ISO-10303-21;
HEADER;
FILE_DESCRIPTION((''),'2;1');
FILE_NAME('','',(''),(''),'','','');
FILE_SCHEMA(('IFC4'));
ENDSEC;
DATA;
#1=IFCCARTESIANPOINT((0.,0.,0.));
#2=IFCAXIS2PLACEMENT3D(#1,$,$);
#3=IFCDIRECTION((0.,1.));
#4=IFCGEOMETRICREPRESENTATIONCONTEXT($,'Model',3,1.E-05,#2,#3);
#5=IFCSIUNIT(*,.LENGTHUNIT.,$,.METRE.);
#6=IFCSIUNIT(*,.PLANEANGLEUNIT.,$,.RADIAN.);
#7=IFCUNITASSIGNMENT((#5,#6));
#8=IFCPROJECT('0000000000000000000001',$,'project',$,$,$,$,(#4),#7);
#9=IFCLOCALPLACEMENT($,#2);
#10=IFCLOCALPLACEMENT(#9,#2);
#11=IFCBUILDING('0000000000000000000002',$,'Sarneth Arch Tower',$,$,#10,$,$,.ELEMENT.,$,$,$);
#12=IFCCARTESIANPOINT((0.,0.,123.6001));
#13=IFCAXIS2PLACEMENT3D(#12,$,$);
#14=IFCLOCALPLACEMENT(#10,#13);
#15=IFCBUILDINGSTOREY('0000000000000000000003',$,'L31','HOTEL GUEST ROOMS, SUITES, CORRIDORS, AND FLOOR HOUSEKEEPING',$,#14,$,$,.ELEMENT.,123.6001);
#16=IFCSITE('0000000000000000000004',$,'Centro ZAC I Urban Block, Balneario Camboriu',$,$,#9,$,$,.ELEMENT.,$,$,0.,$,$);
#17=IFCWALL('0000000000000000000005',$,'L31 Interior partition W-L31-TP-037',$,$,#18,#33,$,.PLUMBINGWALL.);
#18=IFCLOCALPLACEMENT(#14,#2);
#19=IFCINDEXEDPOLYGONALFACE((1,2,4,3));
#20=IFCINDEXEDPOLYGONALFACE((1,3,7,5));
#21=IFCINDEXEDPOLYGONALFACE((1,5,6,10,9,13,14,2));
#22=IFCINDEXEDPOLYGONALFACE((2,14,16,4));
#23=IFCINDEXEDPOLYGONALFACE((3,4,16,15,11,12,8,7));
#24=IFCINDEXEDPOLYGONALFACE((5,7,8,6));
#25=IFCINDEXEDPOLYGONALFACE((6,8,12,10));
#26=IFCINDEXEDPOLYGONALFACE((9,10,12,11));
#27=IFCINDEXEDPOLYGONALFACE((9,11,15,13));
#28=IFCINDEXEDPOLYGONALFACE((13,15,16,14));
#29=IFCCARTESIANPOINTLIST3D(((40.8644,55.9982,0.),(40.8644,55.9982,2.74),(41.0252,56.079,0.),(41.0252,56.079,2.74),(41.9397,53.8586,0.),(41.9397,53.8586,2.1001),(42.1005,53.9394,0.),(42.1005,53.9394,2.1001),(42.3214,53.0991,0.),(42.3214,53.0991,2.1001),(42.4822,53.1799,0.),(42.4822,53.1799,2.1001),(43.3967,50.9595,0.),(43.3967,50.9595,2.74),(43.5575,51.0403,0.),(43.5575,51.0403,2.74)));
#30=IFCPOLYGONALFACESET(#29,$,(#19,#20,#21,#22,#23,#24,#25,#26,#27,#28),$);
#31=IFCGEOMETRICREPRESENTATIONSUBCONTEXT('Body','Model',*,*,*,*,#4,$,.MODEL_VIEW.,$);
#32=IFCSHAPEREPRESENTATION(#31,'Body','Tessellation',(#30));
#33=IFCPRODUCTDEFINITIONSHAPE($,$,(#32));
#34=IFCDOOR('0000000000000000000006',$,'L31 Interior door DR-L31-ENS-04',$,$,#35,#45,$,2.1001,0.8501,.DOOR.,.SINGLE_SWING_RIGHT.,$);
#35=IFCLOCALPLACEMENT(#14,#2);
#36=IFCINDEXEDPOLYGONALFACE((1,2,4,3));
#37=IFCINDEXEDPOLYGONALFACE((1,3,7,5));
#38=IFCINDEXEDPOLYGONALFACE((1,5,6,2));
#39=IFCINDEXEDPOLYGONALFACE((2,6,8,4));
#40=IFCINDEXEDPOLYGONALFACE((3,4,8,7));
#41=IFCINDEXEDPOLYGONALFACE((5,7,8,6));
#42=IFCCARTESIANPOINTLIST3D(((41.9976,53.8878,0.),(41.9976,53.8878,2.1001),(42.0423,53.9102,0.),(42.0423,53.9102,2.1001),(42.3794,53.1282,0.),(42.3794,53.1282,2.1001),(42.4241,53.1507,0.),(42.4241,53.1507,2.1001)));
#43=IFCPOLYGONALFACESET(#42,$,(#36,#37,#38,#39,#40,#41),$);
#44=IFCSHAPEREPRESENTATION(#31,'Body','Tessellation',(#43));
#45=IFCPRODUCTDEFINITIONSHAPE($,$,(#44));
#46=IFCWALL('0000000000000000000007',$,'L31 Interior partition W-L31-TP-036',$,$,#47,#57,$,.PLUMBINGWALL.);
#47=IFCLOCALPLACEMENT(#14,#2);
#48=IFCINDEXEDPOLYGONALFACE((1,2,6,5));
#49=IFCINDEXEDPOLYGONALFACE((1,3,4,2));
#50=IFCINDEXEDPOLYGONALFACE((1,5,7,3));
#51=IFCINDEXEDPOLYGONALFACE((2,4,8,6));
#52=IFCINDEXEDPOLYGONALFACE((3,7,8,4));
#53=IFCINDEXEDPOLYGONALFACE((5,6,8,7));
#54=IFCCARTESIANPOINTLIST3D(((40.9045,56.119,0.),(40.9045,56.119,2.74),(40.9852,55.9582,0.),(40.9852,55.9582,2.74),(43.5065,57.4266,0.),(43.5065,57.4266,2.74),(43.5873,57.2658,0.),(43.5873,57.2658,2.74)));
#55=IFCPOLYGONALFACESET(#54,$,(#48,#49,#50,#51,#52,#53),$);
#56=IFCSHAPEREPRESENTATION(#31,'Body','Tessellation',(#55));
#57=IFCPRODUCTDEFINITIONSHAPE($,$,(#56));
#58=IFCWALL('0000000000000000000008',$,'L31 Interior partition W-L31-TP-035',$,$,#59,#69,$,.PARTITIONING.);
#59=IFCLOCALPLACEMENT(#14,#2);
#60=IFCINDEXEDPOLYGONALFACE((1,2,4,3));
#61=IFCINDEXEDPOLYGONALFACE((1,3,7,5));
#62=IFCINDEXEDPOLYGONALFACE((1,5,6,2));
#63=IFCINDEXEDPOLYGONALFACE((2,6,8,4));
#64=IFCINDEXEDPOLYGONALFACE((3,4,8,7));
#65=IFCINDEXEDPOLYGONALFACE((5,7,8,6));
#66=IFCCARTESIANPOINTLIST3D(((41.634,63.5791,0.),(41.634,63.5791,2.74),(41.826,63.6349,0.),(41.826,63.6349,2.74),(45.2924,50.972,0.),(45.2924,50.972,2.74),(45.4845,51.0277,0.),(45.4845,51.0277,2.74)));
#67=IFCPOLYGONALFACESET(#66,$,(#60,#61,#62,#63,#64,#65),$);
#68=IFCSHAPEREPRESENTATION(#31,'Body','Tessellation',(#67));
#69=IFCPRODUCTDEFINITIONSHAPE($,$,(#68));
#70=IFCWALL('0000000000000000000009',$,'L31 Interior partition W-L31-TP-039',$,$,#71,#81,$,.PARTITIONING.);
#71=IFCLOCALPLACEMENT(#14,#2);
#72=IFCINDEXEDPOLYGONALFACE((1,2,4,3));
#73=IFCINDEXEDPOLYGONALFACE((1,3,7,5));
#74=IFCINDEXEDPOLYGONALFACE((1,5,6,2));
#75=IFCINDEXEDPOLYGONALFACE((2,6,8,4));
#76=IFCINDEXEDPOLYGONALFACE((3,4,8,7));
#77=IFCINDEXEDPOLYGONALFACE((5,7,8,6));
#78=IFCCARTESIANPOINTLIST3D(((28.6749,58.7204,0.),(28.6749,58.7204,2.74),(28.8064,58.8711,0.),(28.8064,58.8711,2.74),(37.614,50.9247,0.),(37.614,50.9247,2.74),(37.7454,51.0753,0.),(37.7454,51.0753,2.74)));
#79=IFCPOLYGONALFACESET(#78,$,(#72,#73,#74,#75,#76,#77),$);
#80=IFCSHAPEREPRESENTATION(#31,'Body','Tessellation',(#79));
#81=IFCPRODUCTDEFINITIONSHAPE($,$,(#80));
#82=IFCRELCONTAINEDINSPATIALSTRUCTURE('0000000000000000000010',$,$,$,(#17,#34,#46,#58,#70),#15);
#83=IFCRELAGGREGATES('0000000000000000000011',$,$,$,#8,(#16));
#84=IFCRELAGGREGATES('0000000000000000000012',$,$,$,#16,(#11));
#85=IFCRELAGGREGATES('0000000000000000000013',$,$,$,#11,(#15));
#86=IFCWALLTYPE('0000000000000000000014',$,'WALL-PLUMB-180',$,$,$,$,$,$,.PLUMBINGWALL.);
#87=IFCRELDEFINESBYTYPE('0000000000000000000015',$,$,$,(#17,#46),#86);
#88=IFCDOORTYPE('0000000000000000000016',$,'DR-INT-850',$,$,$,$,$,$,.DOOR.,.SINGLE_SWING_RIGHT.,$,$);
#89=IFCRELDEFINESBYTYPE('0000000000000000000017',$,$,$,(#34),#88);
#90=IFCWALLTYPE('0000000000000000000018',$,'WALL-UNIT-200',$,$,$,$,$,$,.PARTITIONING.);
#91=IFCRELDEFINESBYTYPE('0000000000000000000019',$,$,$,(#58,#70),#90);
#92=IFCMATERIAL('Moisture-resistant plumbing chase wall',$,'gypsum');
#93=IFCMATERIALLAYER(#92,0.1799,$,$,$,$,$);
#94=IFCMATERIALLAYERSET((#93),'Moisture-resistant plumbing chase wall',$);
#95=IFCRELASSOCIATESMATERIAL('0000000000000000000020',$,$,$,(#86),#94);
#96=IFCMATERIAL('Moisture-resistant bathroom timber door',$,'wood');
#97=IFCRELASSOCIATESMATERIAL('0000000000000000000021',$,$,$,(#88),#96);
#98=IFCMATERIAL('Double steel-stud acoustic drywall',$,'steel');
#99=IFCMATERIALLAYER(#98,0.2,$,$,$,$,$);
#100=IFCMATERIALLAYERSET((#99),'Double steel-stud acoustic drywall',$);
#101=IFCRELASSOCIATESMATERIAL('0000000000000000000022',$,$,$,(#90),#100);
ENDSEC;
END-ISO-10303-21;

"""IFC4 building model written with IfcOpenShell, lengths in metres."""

from ifc_helpers import new_model, si_unit, direction, frame, frame_2d, origin, place, context, subcontext, project, spatial, rectangle, extrude, material, layer, layer_set, type_object, element, fill, save


model = new_model("IFC4")

# Units and contexts
model_context = context("Model", 3, precision=1e-05, world=origin(), true_north=direction((0.0, 1.0)))
body_context = subcontext(model_context, "Body", "Model", "MODEL_VIEW")
ifc_project = project(units=[si_unit("LENGTHUNIT", "METRE"), si_unit("PLANEANGLEUNIT", "RADIAN")], contexts=[model_context])

# Site, building, storey
site_placement = place(None, origin())
site = spatial("IfcSite", under=ifc_project, at=site_placement, Name="Centro ZAC I Urban Block, Balneario Camboriu", CompositionType="ELEMENT", RefElevation=0.0)
building_placement = place(site_placement, origin())
building = spatial("IfcBuilding", under=site, at=building_placement, Name="Sarneth Arch Tower", CompositionType="ELEMENT")
storey_placement = place(building_placement, frame((0.0, 0.0, 123.6001)))
storey = spatial("IfcBuildingStorey", under=building, at=storey_placement, Name="L31", Description="HOTEL GUEST ROOMS, SUITES, CORRIDORS, AND FLOOR HOUSEKEEPING", CompositionType="ELEMENT", Elevation=123.6001)

# Wall, opening, door
ifc_material_1 = material(Name="Moisture-resistant plumbing chase wall", Category="gypsum")
ifc_layer_1 = layer(ifc_material_1, 0.1799)
ifc_layer_set_1 = layer_set([ifc_layer_1], Name="Moisture-resistant plumbing chase wall")
wall_type_1 = type_object("IfcWallType", Name="WALL-PLUMB-180", PredefinedType="PLUMBINGWALL", material=ifc_layer_set_1)
wall_1_placement = place(storey_placement, frame((40.9448, 56.0386, 0.0), z_axis=(0.0, 0.0, 1.0), x_axis=(0.449048, -0.893507, 0.0)))
wall_1 = element("IfcWall", 1, at=wall_1_placement, inside=storey, type_object=wall_type_1, Name="L31 Interior partition W-L31-TP-037", PredefinedType="PLUMBINGWALL", context=body_context, shape_type="SweptSolid", body=[
    extrude(rectangle(XDim=5.6392, YDim=0.1799, at=frame_2d((2.8196, 0.0))), origin(), (0.0, 0.0, 1.0), 2.74),
])
opening_1_placement = place(wall_1_placement, frame((2.3945, 0.0, 0.0)))
opening_1 = element("IfcOpeningElement", 2, at=opening_1_placement, cuts=wall_1, PredefinedType="OPENING", context=body_context, shape_type="SweptSolid", body=[
    extrude(rectangle(XDim=0.8501, YDim=2.1001, at=frame_2d((0.425, 1.05))), frame((0.0, 0.0999, 0.0), z_axis=(0.0, -1.0, 0.0), x_axis=(1.0, 0.0, 0.0)), (0.0, 0.0, 1.0), 0.2),
])
ifc_material_2 = material(Name="Moisture-resistant bathroom timber door", Category="wood")
door_type_1 = type_object("IfcDoorType", Name="DR-INT-850", OperationType="SINGLE_SWING_RIGHT", PredefinedType="DOOR", material=ifc_material_2)
door_1_placement = place(opening_1_placement, origin())
door_1 = element("IfcDoor", 3, at=door_1_placement, inside=storey, type_object=door_type_1, Name="L31 Interior door DR-L31-ENS-04", OperationType="SINGLE_SWING_RIGHT", OverallHeight=2.1001, OverallWidth=0.8501, PredefinedType="DOOR", context=body_context, shape_type="SweptSolid", body=[
    extrude(rectangle(XDim=0.8501, YDim=2.1001, at=frame_2d((0.425, 1.05))), frame((0.0, 0.0249, 0.0), z_axis=(0.0, -1.0, 0.0), x_axis=(1.0, 0.0, 0.0)), (0.0, 0.0, 1.0), 0.05),
])
fill(opening_1, door_1)

# Walls
wall_2_placement = place(storey_placement, frame((43.5469, 57.3462, 0.0), z_axis=(0.0, 0.0, 1.0), x_axis=(-0.89352, -0.449024, 0.0)))
element("IfcWall", 4, at=wall_2_placement, inside=storey, type_object=wall_type_1, Name="L31 Interior partition W-L31-TP-036", PredefinedType="PLUMBINGWALL", context=body_context, shape_type="SweptSolid", body=[
    extrude(rectangle(XDim=2.9121, YDim=0.1799, at=frame_2d((1.4561, 0.0))), origin(), (0.0, 0.0, 1.0), 2.74),
])
ifc_material_3 = material(Name="Double steel-stud acoustic drywall", Category="steel")
ifc_layer_2 = layer(ifc_material_3, 0.2)
ifc_layer_set_2 = layer_set([ifc_layer_2], Name="Double steel-stud acoustic drywall")
wall_type_2 = type_object("IfcWallType", Name="WALL-UNIT-200", PredefinedType="PARTITIONING", material=ifc_layer_set_2)
wall_3_placement = place(storey_placement, frame((45.3884, 51.0, 0.0), z_axis=(0.0, 0.0, 1.0), x_axis=(-0.278691, 0.960381, 0.0)))
element("IfcWall", 5, at=wall_3_placement, inside=storey, type_object=wall_type_2, Name="L31 Interior partition W-L31-TP-035", PredefinedType="PARTITIONING", context=body_context, shape_type="SweptSolid", body=[
    extrude(rectangle(XDim=13.1272, YDim=0.2, at=frame_2d((6.5635, 0.0))), origin(), (0.0, 0.0, 1.0), 2.74),
])
wall_4_placement = place(storey_placement, frame((37.6797, 51.0, 0.0), z_axis=(0.0, 0.0, 1.0), x_axis=(-0.75366, 0.657265, 0.0)))
element("IfcWall", 6, at=wall_4_placement, inside=storey, type_object=wall_type_2, Name="L31 Interior partition W-L31-TP-039", PredefinedType="PARTITIONING", context=body_context, shape_type="SweptSolid", body=[
    extrude(rectangle(XDim=11.8608, YDim=0.2, at=frame_2d((5.9304, 0.0))), origin(), (0.0, 0.0, 1.0), 2.74),
])

save(model, "model.ifc")
